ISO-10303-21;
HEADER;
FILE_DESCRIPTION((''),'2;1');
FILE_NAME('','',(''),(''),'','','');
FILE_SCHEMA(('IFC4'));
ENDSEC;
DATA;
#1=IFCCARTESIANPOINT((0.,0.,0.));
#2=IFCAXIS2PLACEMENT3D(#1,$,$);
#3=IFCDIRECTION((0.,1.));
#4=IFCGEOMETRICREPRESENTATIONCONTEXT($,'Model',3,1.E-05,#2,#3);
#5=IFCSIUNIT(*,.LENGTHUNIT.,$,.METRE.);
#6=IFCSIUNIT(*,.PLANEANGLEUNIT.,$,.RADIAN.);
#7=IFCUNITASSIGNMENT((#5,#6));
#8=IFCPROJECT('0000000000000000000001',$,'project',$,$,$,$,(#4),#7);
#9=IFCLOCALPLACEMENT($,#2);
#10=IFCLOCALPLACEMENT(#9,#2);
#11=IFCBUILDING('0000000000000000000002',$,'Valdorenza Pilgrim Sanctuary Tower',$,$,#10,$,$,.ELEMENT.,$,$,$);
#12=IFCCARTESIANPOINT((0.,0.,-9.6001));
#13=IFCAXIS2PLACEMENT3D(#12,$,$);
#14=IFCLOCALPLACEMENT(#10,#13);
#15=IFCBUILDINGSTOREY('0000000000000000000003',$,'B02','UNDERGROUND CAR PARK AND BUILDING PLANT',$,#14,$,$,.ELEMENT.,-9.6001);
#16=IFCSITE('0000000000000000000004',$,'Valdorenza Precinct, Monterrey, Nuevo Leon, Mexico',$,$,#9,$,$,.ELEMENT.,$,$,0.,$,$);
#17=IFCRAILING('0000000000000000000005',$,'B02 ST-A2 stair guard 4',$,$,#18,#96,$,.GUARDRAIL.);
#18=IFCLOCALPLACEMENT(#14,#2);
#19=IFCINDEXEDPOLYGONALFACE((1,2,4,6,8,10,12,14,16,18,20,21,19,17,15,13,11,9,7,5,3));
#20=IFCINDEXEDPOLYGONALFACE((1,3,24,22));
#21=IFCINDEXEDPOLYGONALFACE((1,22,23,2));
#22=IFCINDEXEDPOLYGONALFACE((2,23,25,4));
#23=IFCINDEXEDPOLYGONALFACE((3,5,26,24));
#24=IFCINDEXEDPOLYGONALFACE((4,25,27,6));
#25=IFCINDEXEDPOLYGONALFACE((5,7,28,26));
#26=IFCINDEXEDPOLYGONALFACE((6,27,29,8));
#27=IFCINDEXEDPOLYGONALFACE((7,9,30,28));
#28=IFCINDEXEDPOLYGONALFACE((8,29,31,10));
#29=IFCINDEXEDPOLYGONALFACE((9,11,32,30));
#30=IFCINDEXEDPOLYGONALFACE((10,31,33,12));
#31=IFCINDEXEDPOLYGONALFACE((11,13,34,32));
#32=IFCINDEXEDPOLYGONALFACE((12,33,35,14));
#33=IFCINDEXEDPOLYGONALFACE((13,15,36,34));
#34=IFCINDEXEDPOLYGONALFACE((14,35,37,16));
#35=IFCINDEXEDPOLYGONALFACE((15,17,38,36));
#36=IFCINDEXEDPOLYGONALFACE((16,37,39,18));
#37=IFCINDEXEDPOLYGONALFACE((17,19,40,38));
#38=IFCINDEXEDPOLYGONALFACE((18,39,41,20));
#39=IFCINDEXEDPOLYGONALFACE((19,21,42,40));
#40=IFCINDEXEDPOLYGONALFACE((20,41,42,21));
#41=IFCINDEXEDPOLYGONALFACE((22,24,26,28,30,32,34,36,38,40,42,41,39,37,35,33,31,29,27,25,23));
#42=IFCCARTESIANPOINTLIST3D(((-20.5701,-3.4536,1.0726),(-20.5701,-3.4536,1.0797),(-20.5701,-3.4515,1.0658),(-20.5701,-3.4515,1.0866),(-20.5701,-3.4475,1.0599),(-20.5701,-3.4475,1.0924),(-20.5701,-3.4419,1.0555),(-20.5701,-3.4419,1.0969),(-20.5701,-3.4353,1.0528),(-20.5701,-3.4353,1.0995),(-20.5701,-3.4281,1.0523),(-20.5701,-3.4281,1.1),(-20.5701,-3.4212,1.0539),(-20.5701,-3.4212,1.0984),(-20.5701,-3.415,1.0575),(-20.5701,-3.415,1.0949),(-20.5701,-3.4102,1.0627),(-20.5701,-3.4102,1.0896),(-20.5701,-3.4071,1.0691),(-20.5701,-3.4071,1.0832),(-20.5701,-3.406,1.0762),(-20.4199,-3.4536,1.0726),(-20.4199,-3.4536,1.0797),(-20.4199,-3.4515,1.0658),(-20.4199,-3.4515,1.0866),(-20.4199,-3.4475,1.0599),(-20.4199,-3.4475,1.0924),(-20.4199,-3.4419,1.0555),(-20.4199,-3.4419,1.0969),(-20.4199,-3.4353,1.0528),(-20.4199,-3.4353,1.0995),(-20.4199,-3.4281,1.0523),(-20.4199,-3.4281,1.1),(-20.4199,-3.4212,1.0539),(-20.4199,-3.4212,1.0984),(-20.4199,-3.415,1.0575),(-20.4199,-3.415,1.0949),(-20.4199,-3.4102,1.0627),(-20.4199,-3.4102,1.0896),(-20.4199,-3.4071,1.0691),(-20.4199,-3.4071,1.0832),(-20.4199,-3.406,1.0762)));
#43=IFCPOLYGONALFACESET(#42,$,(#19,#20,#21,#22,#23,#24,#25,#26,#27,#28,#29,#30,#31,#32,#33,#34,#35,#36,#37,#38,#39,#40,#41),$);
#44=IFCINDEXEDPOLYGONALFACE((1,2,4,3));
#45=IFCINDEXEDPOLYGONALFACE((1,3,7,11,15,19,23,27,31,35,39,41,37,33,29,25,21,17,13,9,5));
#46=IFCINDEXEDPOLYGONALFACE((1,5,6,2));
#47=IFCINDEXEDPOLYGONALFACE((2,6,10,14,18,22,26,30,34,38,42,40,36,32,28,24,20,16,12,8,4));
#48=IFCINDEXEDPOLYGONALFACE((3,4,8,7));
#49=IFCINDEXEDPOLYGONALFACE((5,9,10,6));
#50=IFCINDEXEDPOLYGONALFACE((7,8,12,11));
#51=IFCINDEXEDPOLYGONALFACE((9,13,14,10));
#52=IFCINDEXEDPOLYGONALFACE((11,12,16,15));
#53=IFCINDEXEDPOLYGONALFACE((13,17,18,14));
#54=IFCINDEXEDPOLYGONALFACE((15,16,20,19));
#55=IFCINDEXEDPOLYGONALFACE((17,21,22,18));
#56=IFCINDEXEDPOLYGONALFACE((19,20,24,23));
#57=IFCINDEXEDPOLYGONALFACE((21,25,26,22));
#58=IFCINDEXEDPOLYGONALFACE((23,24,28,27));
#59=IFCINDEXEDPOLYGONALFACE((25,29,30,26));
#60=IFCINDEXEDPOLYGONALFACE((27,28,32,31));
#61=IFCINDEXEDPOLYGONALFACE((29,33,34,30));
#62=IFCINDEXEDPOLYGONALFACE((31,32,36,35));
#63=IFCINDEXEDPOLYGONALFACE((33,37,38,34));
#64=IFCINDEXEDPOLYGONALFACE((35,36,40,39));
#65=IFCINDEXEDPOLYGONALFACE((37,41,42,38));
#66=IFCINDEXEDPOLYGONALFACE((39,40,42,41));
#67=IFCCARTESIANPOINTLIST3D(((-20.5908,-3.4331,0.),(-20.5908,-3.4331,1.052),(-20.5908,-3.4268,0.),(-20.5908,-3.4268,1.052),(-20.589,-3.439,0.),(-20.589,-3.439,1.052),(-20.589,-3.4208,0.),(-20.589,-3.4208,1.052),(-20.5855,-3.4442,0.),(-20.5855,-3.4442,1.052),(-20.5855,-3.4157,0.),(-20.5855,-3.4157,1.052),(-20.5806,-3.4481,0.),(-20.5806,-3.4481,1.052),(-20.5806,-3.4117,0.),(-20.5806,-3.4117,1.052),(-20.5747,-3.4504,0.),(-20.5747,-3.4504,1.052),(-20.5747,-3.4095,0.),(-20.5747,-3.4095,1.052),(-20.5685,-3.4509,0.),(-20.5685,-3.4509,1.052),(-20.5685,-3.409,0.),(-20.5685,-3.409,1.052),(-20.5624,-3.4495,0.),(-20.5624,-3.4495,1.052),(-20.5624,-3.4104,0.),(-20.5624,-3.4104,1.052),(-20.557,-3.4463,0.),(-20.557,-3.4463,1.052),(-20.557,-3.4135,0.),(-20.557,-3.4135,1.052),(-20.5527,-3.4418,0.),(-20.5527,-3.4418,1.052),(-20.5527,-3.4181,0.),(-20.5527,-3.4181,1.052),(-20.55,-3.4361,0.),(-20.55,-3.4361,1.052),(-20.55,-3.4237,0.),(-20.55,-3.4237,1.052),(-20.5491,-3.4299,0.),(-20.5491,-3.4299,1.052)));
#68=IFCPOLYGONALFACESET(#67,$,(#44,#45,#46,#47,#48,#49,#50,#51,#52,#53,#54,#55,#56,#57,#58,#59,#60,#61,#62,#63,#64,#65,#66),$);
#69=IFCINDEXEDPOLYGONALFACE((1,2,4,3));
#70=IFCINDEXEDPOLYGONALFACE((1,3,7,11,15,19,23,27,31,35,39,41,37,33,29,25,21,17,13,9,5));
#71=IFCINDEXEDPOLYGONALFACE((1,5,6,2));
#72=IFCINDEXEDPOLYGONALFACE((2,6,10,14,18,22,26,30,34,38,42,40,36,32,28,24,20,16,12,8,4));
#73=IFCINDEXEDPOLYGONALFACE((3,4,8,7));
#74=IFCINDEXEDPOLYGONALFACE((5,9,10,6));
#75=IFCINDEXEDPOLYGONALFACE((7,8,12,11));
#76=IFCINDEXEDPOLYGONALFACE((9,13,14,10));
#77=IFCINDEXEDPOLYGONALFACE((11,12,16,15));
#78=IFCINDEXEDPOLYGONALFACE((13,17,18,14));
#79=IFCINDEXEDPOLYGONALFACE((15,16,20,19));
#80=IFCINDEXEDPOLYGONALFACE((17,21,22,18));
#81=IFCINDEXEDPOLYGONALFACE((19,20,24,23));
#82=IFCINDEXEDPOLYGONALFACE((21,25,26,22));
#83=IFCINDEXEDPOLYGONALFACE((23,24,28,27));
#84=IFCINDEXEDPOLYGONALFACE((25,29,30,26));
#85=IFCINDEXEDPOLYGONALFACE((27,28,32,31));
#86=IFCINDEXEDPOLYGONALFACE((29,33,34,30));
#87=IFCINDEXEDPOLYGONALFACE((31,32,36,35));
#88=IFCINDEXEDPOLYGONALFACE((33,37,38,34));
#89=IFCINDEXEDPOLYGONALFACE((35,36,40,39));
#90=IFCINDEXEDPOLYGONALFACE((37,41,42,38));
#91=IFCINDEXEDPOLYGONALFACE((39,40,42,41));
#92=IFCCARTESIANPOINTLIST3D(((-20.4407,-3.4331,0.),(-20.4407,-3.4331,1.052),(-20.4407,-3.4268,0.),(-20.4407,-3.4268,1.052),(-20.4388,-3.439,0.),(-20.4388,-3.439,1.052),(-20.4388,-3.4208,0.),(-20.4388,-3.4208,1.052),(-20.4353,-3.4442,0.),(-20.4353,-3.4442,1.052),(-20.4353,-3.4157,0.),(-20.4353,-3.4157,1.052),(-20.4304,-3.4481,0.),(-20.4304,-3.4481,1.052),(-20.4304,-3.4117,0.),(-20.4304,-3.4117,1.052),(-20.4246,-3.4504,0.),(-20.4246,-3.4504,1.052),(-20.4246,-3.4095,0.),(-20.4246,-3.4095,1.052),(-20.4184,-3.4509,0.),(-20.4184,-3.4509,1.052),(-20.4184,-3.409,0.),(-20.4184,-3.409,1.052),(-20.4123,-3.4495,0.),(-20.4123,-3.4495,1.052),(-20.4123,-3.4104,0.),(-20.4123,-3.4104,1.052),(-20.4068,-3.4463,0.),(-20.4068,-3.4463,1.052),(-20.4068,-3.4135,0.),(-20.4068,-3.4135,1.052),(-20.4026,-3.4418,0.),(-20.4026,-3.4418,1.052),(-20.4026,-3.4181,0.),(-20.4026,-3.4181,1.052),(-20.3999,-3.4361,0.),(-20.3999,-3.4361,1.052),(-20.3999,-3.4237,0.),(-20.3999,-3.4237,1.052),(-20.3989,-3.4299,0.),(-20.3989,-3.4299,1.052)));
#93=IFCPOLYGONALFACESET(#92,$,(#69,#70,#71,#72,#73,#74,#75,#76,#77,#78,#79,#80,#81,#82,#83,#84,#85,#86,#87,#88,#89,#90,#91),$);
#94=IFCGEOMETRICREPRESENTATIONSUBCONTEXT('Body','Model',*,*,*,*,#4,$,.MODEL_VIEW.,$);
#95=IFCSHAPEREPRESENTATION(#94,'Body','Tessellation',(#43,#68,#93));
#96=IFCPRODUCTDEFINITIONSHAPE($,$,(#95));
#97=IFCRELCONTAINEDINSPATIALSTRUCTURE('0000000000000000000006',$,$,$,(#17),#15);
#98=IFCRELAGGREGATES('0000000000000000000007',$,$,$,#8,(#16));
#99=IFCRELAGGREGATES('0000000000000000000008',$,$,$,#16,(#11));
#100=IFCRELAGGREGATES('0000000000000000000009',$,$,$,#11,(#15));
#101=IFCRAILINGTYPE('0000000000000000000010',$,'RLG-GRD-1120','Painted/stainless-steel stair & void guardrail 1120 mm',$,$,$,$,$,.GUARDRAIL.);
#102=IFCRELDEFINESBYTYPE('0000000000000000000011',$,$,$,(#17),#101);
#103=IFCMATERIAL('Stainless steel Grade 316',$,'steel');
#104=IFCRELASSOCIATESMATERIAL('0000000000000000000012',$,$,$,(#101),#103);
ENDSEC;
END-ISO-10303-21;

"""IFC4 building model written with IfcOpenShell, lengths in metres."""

from ifc_helpers import new_model, si_unit, direction, frame, origin, origin_2d, place, context, subcontext, project, spatial, circle, extrude, material, type_object, element, save


model = new_model("IFC4")

# Units and contexts
model_context = context("Model", 3, precision=1e-05, world=origin(), true_north=direction((0.0, 1.0)))
body_context = subcontext(model_context, "Body", "Model", "MODEL_VIEW")
ifc_project = project(units=[si_unit("LENGTHUNIT", "METRE"), si_unit("PLANEANGLEUNIT", "RADIAN")], contexts=[model_context])

# Site, building, storey
site_placement = place(None, origin())
site = spatial("IfcSite", under=ifc_project, at=site_placement, Name="Valdorenza Precinct, Monterrey, Nuevo Leon, Mexico", CompositionType="ELEMENT", RefElevation=0.0)
building_placement = place(site_placement, origin())
building = spatial("IfcBuilding", under=site, at=building_placement, Name="Valdorenza Pilgrim Sanctuary Tower", CompositionType="ELEMENT")
storey_placement = place(building_placement, frame((0.0, 0.0, -9.6001)))
storey = spatial("IfcBuildingStorey", under=building, at=storey_placement, Name="B02", Description="UNDERGROUND CAR PARK AND BUILDING PLANT", CompositionType="ELEMENT", Elevation=-9.6001)

# Railing
ifc_material_1 = material(Name="Stainless steel Grade 316", Category="steel")
railing_type_1 = type_object("IfcRailingType", Name="RLG-GRD-1120", Description="Painted/stainless-steel stair & void guardrail 1120 mm", PredefinedType="GUARDRAIL", material=ifc_material_1)
railing_1_placement = place(storey_placement, frame((-20.5701, -3.4299, 0.0)))
element("IfcRailing", 1, at=railing_1_placement, inside=storey, type_object=railing_type_1, Name="B02 ST-A2 stair guard 4", PredefinedType="GUARDRAIL", context=body_context, shape_type="SweptSolid", body=[
    extrude(circle(Radius=0.0239, at=origin_2d()), frame((0.0, 0.0, 1.0762), z_axis=(1.0, 0.0, 0.0), x_axis=(0.0, 1.0, 0.0)), (0.0, 0.0, 1.0), 0.1501),
    extrude(circle(Radius=0.021, at=origin_2d()), origin(), (0.0, 0.0, 1.0), 1.052),
    extrude(circle(Radius=0.021, at=origin_2d()), frame((0.1501, 0.0, 0.0)), (0.0, 0.0, 1.0), 1.052),
])

save(model, "model.ifc")
